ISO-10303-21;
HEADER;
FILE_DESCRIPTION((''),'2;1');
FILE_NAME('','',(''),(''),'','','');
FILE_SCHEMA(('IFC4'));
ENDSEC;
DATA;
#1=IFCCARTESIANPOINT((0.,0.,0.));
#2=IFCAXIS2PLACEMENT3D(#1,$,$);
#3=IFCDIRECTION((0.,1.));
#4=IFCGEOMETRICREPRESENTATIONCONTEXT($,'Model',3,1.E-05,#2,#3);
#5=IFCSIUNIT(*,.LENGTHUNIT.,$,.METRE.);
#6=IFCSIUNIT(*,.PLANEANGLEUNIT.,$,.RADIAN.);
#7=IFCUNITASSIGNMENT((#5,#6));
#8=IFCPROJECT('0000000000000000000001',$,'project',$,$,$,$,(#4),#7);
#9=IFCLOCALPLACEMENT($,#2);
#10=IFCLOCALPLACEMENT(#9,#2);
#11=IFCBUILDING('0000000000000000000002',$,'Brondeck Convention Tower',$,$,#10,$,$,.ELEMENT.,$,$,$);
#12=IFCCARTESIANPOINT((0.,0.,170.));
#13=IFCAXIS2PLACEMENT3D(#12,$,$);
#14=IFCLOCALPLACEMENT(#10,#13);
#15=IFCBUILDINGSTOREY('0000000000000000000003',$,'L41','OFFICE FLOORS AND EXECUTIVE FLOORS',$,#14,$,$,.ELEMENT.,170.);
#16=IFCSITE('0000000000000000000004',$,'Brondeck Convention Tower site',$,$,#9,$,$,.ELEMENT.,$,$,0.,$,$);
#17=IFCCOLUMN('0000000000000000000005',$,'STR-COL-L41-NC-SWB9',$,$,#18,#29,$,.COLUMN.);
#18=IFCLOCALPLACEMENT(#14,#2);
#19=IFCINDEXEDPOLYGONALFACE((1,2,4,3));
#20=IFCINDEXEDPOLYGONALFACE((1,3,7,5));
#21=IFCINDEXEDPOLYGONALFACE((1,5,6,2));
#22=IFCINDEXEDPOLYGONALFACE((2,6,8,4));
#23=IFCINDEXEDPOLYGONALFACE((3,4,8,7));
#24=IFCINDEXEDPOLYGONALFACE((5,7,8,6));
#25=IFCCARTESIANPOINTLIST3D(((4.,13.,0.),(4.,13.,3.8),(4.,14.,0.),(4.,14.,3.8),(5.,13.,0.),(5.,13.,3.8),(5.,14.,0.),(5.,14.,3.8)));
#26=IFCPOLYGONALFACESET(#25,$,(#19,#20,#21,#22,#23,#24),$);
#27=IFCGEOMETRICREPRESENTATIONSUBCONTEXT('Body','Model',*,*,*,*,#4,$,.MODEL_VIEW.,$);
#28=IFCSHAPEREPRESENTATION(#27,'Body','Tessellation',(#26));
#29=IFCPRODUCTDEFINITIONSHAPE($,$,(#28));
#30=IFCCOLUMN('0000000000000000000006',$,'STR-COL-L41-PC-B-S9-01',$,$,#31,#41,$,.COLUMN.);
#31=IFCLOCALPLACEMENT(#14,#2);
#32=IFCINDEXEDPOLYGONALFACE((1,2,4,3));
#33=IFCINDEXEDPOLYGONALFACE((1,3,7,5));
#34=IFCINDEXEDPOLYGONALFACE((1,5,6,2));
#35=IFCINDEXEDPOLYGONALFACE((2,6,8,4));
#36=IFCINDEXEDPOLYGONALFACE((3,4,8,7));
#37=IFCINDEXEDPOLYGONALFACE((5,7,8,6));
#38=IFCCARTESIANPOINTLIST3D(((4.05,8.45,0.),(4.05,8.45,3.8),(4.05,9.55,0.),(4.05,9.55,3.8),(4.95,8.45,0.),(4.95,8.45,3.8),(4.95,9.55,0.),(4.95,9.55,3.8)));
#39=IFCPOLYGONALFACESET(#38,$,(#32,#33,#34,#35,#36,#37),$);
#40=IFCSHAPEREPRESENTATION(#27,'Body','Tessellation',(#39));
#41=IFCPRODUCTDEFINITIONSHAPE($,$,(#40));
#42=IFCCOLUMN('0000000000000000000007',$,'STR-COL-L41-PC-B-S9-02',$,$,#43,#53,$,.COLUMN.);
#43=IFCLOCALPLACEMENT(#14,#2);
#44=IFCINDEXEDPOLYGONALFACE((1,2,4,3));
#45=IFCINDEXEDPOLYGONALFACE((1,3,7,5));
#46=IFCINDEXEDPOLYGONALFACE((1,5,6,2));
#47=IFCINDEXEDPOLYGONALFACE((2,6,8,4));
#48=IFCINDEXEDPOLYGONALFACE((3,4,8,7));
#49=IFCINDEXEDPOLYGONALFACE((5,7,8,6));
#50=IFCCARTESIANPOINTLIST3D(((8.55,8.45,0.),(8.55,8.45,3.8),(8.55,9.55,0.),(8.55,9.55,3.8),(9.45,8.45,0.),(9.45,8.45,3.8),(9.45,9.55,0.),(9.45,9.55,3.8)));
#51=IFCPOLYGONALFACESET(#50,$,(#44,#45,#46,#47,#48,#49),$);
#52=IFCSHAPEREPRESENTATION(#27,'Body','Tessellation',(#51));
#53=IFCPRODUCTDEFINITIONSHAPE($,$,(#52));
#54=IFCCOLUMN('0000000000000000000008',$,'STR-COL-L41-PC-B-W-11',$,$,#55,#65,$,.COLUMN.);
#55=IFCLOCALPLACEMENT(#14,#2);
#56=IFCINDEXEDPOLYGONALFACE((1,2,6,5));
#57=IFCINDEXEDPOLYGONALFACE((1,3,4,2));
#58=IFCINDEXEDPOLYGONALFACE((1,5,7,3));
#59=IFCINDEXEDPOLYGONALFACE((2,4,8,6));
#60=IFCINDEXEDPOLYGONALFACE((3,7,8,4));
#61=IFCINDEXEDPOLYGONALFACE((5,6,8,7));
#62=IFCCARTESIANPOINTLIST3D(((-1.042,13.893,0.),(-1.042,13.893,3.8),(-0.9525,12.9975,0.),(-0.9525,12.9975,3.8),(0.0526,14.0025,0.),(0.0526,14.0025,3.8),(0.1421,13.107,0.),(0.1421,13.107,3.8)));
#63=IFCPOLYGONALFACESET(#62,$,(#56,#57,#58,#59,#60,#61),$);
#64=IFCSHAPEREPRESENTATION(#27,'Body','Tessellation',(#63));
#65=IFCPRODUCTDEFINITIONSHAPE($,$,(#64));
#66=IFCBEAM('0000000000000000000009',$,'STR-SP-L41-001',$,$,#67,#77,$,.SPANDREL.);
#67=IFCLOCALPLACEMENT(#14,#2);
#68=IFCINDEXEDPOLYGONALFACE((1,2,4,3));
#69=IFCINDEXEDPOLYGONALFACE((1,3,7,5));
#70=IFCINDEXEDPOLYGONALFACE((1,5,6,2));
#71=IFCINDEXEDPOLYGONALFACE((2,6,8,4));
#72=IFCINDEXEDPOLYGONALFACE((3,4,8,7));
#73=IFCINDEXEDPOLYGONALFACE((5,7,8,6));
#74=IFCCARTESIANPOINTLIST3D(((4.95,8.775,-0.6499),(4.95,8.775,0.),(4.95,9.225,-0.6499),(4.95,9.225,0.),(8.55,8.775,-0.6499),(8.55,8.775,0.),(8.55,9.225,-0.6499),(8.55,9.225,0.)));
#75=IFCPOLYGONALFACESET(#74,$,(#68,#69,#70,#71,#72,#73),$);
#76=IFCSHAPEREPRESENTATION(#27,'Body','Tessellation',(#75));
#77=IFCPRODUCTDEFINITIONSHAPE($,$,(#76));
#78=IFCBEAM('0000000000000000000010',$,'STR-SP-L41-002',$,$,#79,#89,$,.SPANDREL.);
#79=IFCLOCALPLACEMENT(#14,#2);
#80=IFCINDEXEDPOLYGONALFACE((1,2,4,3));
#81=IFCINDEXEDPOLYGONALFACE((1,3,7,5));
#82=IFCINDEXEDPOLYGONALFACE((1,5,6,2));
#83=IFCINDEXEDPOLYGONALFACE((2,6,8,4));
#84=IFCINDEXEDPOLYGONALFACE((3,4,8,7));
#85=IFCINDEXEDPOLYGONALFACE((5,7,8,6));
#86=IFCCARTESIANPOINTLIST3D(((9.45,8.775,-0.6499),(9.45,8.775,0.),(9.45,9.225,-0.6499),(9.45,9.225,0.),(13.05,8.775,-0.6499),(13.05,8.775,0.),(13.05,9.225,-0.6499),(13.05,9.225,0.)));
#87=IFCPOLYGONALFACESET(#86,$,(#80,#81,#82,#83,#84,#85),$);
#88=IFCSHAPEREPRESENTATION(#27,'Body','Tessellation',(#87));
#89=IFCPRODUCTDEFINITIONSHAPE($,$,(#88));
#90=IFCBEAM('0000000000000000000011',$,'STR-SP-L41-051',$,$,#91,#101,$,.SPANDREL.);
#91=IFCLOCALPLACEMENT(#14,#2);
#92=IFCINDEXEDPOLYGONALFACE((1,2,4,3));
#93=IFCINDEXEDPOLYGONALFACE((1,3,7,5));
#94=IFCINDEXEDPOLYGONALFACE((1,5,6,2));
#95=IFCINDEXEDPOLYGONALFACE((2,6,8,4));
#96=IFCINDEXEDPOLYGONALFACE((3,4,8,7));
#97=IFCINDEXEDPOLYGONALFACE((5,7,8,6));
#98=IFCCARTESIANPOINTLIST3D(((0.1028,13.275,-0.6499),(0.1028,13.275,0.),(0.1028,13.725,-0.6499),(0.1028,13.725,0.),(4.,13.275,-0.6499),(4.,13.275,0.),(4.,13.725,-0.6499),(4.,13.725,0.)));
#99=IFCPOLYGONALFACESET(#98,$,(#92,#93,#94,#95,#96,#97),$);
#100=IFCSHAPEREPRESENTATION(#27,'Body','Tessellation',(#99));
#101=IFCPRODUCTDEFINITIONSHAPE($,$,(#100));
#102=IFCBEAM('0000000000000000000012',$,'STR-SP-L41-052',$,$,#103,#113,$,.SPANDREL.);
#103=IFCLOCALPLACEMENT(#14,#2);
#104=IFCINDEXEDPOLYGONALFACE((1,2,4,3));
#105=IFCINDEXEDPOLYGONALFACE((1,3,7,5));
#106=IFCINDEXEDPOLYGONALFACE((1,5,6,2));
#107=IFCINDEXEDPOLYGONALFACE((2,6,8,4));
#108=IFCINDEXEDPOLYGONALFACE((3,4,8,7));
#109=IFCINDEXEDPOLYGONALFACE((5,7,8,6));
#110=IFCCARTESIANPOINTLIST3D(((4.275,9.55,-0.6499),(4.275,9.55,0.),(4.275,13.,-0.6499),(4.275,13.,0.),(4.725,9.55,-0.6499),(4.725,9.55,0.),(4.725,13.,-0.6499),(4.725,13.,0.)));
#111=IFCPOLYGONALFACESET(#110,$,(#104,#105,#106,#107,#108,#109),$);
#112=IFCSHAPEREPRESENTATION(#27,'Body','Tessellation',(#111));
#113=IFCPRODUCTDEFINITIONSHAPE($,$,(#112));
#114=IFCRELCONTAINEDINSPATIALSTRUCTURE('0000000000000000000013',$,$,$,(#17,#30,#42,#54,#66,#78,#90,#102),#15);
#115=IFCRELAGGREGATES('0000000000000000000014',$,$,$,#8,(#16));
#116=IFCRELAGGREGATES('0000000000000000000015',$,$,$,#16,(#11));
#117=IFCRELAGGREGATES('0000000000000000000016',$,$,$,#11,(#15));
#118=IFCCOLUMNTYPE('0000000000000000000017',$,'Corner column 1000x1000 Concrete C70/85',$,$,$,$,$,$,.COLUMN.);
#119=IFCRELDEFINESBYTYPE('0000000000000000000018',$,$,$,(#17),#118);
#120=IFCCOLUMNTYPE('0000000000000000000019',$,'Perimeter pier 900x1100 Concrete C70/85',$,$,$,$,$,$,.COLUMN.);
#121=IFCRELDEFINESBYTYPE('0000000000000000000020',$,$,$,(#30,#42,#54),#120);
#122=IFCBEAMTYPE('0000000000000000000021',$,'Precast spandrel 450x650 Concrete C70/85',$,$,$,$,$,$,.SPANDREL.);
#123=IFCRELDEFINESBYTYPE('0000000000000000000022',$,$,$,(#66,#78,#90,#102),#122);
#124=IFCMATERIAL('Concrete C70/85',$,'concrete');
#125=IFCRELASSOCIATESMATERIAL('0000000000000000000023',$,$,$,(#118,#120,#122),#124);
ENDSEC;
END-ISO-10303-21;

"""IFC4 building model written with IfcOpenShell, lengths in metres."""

from ifc_helpers import new_model, si_unit, direction, frame, origin, origin_2d, place, context, subcontext, project, spatial, rectangle, extrude, material, material_profile, profile_set, type_object, element, save


model = new_model("IFC4")

# Units and contexts
model_context = context("Model", 3, precision=1e-05, world=origin(), true_north=direction((0.0, 1.0)))
body_context = subcontext(model_context, "Body", "Model", "MODEL_VIEW")
ifc_project = project(units=[si_unit("LENGTHUNIT", "METRE"), si_unit("PLANEANGLEUNIT", "RADIAN")], contexts=[model_context])

# Site, building, storey
site_placement = place(None, origin())
site = spatial("IfcSite", under=ifc_project, at=site_placement, Name="Brondeck Convention Tower site", CompositionType="ELEMENT", RefElevation=0.0)
building_placement = place(site_placement, origin())
building = spatial("IfcBuilding", under=site, at=building_placement, Name="Brondeck Convention Tower", CompositionType="ELEMENT")
storey_placement = place(building_placement, frame((0.0, 0.0, 170.0)))
storey = spatial("IfcBuildingStorey", under=building, at=storey_placement, Name="L41", Description="OFFICE FLOORS AND EXECUTIVE FLOORS", CompositionType="ELEMENT", Elevation=170.0)

# Columns
ifc_material_1 = material(Name="Concrete C70/85", Category="concrete")
ifc_material_profile_1 = material_profile(ifc_material_1, rectangle(XDim=1.0, YDim=1.0, at=origin_2d()), Name="Corner column 1000x1000 Concrete C70/85")
ifc_profile_set_1 = profile_set([ifc_material_profile_1], Name="Concrete C70/85")
column_type_1 = type_object("IfcColumnType", Name="Corner column 1000x1000 Concrete C70/85", PredefinedType="COLUMN", material=ifc_profile_set_1)
column_placement = place(storey_placement, frame((4.5, 13.5, 0.0), z_axis=(0.0, 0.0, 1.0), x_axis=(1.0, 0.0, 0.0)))
element("IfcColumn", 1, at=column_placement, inside=storey, type_object=column_type_1, Name="STR-COL-L41-NC-SWB9", PredefinedType="COLUMN", context=body_context, shape_type="SweptSolid", body=[
    extrude(rectangle(XDim=1.0, YDim=1.0, at=origin_2d()), origin(), (0.0, 0.0, 1.0), 3.8),
])
ifc_material_profile_2 = material_profile(ifc_material_1, rectangle(XDim=0.8999, YDim=1.1001, at=origin_2d()), Name="Perimeter pier 900x1100 Concrete C70/85")
ifc_profile_set_2 = profile_set([ifc_material_profile_2], Name="Concrete C70/85")
column_type_2 = type_object("IfcColumnType", Name="Perimeter pier 900x1100 Concrete C70/85", PredefinedType="COLUMN", material=ifc_profile_set_2)
for number, where, z_axis, x_axis, name in (
    (2, (4.5, 9.0, 0.0), (0.0, 0.0, 1.0), (1.0, 0.0, 0.0), "STR-COL-L41-PC-B-S9-01"),
    (3, (9.0, 9.0, 0.0), (0.0, 0.0, 1.0), (1.0, 0.0, 0.0), "STR-COL-L41-PC-B-S9-02"),
    (4, (-0.45, 13.5, 0.0), (0.0, 0.0, 1.0), (0.099504, -0.995037, 0.0), "STR-COL-L41-PC-B-W-11"),
):
    element("IfcColumn", number, at=place(storey_placement, frame(where, z_axis=z_axis, x_axis=x_axis)), inside=storey, type_object=column_type_2, Name=name, PredefinedType="COLUMN", context=body_context, shape_type="SweptSolid", body=[
        extrude(rectangle(XDim=0.8999, YDim=1.1001, at=origin_2d()), origin(), (0.0, 0.0, 1.0), 3.8),
    ])

# Beams
ifc_material_profile_3 = material_profile(ifc_material_1, rectangle(XDim=0.45, YDim=0.6499, at=origin_2d()), Name="Precast spandrel 450x650 Concrete C70/85")
ifc_profile_set_3 = profile_set([ifc_material_profile_3], Name="Concrete C70/85")
beam_type = type_object("IfcBeamType", Name="Precast spandrel 450x650 Concrete C70/85", PredefinedType="SPANDREL", material=ifc_profile_set_3)
for number, where, z_axis, x_axis, name in (
    (5, (4.95, 9.0, -0.325), (1.0, 0.0, 0.0), (0.0, 1.0, 0.0), "STR-SP-L41-001"),
    (6, (9.45, 9.0, -0.325), (1.0, 0.0, 0.0), (0.0, 1.0, 0.0), "STR-SP-L41-002"),
):
    element("IfcBeam", number, at=place(storey_placement, frame(where, z_axis=z_axis, x_axis=x_axis)), inside=storey, type_object=beam_type, Name=name, PredefinedType="SPANDREL", context=body_context, shape_type="SweptSolid", body=[
        extrude(rectangle(XDim=0.45, YDim=0.6499, at=origin_2d()), origin(), (0.0, 0.0, 1.0), 3.6001),
    ])
beam_1_placement = place(storey_placement, frame((0.1028, 13.5, -0.325), z_axis=(1.0, 0.0, 0.0), x_axis=(0.0, 1.0, 0.0)))
element("IfcBeam", 7, at=beam_1_placement, inside=storey, type_object=beam_type, Name="STR-SP-L41-051", PredefinedType="SPANDREL", context=body_context, shape_type="SweptSolid", body=[
    extrude(rectangle(XDim=0.45, YDim=0.6499, at=origin_2d()), origin(), (0.0, 0.0, 1.0), 3.8972),
])
beam_2_placement = place(storey_placement, frame((4.5, 13.0, -0.325), z_axis=(0.0, -1.0, 0.0), x_axis=(1.0, 0.0, 0.0)))
element("IfcBeam", 8, at=beam_2_placement, inside=storey, type_object=beam_type, Name="STR-SP-L41-052", PredefinedType="SPANDREL", context=body_context, shape_type="SweptSolid", body=[
    extrude(rectangle(XDim=0.45, YDim=0.6499, at=origin_2d()), origin(), (0.0, 0.0, 1.0), 3.45),
])

save(model, "model.ifc")
